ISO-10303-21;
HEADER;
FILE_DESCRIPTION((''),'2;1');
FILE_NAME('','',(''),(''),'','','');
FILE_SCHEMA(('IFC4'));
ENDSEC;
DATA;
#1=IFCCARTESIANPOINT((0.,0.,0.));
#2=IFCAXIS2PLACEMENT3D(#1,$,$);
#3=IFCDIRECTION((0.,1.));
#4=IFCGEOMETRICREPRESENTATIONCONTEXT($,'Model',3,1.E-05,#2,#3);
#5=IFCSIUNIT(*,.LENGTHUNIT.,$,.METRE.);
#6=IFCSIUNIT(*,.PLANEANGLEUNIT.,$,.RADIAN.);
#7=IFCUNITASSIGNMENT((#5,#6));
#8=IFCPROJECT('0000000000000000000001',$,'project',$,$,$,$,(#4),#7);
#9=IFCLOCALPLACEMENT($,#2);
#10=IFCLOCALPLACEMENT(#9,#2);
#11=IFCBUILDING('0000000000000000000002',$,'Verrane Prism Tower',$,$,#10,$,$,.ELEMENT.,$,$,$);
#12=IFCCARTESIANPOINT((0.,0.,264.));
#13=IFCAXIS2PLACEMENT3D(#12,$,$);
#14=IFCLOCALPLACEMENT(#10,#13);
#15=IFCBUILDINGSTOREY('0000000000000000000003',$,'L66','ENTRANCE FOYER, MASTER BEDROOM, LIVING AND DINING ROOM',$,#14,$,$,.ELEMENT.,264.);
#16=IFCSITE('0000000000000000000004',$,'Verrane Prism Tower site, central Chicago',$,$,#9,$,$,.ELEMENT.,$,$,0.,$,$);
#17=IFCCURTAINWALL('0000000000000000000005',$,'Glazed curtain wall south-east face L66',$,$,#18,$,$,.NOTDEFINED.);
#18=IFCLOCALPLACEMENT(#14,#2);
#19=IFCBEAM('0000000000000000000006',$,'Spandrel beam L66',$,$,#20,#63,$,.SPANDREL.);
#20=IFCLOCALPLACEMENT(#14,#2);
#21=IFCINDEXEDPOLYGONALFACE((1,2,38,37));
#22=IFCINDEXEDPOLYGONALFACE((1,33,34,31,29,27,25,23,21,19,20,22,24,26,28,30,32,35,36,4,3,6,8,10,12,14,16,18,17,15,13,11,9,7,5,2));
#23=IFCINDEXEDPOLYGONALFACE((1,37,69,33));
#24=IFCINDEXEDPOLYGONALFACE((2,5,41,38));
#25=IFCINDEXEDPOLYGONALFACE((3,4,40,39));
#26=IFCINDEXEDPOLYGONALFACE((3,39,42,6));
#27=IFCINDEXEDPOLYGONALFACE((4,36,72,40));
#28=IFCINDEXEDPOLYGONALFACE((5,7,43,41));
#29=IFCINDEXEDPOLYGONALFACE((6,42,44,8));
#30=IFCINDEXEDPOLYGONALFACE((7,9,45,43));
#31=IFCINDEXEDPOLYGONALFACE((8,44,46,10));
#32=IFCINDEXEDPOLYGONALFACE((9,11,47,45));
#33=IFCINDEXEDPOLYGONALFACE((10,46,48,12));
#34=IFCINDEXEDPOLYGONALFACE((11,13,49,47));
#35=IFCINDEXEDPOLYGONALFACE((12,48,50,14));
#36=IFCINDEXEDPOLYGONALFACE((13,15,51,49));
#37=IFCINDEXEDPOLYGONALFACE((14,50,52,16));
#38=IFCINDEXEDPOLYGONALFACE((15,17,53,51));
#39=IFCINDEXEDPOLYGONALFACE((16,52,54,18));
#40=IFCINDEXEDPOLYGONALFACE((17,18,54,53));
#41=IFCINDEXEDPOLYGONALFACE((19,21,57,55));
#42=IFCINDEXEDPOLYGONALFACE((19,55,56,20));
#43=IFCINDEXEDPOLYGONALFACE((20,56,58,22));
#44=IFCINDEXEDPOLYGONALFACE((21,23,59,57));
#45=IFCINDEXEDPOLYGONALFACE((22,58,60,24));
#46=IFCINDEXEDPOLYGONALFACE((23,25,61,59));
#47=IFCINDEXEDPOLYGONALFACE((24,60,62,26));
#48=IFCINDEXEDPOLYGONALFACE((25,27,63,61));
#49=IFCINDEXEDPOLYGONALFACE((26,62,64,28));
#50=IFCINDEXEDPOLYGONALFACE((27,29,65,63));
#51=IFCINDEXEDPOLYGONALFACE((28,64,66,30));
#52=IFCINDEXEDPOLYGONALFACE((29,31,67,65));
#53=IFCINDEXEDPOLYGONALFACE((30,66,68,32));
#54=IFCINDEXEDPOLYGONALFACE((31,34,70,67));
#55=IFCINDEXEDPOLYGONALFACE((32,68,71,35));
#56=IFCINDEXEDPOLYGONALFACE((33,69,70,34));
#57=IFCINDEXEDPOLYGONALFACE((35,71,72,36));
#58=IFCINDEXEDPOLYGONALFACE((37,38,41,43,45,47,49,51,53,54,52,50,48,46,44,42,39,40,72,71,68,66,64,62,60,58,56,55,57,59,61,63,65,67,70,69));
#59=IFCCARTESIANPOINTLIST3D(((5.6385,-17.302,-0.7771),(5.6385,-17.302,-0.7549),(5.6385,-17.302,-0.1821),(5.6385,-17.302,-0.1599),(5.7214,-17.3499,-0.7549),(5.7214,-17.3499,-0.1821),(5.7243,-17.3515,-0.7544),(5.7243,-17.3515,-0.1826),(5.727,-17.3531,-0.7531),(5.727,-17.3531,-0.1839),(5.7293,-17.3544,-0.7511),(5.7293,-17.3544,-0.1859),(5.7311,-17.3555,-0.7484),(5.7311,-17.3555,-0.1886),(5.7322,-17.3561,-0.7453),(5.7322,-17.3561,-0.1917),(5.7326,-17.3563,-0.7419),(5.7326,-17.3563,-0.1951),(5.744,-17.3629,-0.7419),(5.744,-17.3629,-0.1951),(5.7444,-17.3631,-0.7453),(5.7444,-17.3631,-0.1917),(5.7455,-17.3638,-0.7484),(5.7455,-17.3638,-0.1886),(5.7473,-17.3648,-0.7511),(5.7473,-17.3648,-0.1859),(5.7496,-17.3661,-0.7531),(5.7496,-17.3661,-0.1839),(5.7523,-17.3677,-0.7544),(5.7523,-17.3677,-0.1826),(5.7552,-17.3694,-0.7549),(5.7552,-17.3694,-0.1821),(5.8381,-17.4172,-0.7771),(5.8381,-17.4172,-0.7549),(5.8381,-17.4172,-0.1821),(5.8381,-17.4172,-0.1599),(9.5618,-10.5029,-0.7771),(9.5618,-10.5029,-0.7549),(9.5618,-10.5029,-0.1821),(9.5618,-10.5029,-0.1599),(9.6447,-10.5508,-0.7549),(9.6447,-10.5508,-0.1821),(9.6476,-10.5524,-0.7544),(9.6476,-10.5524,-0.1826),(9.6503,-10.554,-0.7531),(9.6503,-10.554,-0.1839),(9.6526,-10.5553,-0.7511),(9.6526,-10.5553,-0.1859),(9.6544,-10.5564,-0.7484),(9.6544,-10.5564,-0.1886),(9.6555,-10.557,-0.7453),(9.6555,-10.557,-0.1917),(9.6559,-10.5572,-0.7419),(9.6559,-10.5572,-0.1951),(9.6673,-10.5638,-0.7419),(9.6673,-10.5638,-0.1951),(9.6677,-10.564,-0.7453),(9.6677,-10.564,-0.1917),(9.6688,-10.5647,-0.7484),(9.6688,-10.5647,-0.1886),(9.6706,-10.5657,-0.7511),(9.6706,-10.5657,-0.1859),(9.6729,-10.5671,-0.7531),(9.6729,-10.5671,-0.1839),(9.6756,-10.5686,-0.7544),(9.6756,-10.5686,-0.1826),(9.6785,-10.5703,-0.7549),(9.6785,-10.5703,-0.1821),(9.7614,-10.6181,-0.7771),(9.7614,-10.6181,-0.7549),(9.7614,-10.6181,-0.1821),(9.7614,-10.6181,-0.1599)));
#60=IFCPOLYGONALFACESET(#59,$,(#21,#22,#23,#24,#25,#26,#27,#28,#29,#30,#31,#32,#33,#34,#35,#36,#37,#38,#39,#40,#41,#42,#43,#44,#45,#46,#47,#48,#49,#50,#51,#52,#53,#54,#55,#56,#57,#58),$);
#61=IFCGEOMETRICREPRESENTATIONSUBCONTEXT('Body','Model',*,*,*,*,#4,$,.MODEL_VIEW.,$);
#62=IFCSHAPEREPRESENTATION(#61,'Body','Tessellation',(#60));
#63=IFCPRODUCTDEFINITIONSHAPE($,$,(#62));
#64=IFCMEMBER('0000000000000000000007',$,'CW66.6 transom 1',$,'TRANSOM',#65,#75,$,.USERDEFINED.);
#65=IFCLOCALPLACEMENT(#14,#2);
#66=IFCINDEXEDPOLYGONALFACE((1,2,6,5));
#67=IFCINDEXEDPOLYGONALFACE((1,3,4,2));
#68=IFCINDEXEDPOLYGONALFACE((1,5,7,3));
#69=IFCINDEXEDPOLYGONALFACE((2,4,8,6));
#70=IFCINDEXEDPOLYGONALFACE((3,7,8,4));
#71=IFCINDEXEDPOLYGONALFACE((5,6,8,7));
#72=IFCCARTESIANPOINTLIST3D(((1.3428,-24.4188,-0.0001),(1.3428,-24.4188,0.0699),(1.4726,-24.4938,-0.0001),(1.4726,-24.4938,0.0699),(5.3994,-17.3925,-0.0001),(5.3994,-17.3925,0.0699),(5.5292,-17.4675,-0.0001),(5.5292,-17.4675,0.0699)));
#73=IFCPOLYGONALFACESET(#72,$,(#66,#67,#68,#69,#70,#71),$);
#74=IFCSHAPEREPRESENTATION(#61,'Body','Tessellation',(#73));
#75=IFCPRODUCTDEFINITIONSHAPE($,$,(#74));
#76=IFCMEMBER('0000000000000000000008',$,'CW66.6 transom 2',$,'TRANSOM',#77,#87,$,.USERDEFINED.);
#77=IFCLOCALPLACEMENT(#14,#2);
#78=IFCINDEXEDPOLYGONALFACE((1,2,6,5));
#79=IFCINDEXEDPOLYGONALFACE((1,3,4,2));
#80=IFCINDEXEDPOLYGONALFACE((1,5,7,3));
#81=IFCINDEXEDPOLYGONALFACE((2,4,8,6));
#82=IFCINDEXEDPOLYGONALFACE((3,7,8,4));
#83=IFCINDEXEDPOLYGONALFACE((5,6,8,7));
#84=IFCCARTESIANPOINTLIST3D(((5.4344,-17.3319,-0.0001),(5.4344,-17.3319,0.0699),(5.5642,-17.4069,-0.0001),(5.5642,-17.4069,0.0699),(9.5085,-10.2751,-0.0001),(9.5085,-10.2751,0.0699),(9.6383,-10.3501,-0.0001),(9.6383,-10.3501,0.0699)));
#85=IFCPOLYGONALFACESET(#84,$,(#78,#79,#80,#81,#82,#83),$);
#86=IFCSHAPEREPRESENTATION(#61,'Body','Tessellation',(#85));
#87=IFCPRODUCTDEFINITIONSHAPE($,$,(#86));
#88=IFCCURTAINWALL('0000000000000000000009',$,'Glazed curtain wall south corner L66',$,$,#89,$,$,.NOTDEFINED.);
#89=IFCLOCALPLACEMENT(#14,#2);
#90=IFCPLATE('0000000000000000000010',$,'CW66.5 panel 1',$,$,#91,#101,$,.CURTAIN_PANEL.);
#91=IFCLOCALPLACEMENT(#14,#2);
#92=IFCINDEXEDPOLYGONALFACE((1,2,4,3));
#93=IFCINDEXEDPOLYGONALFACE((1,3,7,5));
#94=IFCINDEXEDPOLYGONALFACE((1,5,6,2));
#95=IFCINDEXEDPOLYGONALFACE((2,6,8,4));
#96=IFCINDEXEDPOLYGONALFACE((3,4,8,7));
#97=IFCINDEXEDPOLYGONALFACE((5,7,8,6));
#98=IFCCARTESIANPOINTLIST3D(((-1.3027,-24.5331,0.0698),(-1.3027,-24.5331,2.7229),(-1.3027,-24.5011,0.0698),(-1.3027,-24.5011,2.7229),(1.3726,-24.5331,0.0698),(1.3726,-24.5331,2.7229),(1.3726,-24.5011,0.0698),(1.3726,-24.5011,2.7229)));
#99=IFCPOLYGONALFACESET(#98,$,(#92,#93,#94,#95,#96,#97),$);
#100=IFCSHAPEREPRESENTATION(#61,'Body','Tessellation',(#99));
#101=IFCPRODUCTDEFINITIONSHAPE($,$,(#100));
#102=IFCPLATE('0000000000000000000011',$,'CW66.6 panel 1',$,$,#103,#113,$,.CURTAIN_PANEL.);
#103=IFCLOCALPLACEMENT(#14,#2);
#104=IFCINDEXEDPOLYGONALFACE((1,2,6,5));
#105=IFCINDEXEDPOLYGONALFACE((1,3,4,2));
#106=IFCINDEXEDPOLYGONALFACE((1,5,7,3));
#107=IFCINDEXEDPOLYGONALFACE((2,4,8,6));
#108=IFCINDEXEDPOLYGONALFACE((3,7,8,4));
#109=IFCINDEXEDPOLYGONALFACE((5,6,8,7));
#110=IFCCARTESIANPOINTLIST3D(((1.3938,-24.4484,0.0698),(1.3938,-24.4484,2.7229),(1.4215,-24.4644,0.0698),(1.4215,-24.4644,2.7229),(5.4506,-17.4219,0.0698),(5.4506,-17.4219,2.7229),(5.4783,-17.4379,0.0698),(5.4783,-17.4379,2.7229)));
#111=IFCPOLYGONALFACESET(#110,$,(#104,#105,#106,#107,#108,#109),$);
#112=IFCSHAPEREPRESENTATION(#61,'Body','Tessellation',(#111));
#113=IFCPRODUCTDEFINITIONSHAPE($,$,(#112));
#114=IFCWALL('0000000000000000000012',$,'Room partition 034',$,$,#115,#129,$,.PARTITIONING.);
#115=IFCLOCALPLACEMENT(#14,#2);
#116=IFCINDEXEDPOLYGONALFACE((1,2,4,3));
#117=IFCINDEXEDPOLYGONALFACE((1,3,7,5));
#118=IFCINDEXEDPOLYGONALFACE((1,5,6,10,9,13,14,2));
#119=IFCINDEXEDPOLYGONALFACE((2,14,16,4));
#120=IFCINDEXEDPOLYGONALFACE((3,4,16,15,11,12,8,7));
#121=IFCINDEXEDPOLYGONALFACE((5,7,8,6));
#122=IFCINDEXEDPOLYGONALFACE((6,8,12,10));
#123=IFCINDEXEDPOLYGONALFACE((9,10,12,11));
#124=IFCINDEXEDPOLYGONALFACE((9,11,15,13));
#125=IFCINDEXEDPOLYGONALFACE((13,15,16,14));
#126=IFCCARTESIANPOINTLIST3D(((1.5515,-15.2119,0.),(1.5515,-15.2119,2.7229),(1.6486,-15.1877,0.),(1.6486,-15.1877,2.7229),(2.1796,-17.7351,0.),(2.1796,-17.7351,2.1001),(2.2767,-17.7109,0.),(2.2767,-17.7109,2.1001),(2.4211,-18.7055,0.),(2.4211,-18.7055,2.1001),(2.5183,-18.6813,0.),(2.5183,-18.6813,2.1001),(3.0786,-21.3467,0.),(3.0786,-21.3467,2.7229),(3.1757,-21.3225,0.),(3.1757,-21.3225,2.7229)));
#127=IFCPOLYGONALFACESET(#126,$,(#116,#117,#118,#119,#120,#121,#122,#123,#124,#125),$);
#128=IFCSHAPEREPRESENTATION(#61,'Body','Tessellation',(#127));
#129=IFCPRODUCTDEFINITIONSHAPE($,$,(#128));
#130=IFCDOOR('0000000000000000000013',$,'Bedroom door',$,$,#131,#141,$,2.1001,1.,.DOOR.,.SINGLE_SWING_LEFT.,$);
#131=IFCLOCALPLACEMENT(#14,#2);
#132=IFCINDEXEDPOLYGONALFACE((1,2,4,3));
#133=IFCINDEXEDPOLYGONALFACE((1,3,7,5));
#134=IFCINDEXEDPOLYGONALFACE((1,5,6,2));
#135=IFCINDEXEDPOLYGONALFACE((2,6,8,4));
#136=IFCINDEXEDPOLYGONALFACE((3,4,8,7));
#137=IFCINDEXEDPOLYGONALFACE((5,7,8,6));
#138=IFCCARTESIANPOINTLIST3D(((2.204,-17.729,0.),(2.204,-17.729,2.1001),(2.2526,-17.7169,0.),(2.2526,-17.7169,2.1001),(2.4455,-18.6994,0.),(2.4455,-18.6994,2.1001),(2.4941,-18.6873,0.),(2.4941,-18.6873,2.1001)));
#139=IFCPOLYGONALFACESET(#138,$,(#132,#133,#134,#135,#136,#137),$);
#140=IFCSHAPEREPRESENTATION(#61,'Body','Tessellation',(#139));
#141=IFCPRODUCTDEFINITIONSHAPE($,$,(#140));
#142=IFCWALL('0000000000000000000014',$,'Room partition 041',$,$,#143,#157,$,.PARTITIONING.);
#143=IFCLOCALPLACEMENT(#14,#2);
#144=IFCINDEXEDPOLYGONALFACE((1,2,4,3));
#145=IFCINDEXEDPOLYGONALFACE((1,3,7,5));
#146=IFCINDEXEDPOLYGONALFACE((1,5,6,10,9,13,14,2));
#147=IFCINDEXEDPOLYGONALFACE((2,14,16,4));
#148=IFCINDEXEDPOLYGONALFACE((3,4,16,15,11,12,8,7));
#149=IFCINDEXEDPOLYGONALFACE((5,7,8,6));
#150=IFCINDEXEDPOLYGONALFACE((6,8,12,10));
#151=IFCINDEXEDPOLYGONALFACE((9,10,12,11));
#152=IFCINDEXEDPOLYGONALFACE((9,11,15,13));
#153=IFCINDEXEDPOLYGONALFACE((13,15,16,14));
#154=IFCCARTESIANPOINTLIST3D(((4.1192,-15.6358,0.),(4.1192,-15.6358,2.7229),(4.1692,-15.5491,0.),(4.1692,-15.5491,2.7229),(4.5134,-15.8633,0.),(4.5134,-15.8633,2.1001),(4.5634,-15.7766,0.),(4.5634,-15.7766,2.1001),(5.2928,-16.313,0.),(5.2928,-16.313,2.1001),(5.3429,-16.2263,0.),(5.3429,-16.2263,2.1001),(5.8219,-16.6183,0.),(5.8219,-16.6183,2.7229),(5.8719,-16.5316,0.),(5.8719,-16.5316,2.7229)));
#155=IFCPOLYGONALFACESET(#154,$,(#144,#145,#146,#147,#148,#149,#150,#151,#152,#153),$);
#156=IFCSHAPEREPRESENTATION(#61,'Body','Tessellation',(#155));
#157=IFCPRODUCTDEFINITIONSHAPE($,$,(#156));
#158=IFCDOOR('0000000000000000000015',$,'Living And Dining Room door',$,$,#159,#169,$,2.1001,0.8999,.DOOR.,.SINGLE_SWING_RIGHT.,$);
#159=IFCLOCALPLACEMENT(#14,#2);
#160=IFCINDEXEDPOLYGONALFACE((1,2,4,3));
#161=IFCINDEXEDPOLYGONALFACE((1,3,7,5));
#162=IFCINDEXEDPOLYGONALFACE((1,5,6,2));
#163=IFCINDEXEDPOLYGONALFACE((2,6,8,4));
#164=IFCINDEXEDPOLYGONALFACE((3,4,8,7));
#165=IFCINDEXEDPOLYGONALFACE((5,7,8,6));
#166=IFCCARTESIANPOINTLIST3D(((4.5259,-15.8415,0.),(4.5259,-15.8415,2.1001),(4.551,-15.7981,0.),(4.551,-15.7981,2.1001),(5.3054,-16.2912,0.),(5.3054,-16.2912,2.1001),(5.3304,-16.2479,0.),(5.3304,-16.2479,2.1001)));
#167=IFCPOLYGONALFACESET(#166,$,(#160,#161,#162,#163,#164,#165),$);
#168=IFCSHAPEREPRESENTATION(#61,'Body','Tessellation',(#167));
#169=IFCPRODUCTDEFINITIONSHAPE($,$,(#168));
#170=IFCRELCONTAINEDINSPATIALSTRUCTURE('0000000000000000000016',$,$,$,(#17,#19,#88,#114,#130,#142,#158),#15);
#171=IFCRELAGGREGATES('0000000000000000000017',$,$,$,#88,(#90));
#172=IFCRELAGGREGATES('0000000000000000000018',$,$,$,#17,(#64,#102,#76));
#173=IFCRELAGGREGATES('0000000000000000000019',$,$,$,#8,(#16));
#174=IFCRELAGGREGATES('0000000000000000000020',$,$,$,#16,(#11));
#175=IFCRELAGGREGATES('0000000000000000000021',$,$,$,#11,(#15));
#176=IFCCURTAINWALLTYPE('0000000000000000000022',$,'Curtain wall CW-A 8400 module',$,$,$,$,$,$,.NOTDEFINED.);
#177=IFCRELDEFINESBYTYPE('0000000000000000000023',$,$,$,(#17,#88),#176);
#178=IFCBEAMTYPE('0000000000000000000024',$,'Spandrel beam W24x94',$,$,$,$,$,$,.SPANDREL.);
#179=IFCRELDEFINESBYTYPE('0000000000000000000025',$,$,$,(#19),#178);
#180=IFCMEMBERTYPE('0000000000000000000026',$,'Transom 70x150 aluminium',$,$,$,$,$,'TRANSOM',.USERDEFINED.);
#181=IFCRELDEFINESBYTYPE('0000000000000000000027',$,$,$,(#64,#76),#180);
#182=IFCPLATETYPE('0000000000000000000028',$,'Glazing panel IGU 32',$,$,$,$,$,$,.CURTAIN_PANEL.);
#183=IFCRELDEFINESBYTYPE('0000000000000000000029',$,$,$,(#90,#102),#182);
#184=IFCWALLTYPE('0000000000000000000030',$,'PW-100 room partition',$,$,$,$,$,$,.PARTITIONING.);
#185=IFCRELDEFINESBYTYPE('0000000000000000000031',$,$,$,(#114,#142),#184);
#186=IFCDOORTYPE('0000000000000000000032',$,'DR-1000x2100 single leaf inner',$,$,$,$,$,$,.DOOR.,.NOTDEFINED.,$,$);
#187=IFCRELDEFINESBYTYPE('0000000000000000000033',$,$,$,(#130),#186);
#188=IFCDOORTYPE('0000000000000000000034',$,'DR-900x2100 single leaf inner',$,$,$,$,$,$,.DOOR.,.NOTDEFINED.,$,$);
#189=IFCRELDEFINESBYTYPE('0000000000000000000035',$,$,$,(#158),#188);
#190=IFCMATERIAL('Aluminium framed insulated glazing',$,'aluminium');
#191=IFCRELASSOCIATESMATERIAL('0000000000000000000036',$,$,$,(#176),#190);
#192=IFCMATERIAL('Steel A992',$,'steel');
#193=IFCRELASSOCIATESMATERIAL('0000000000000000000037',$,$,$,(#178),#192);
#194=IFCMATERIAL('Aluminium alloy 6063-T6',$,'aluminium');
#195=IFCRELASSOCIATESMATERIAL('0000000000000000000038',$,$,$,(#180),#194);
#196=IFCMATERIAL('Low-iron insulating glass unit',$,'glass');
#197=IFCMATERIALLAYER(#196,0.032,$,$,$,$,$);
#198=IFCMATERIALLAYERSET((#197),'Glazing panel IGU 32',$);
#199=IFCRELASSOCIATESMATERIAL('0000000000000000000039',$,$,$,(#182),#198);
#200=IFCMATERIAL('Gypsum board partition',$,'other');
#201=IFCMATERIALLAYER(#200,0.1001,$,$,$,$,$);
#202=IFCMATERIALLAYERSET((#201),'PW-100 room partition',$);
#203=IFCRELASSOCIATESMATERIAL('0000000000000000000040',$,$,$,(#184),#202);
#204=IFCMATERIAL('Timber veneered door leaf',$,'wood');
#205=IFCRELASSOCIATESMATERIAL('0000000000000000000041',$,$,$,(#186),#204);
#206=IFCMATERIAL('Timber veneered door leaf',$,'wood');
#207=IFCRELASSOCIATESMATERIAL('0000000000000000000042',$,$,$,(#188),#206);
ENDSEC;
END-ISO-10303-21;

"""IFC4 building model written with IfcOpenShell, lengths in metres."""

from ifc_helpers import new_model, si_unit, direction, frame, frame_2d, origin, origin_2d, place, context, subcontext, project, spatial, rectangle, i_section, extrude, material, layer, layer_set, material_profile, profile_set, type_object, element, fill, aggregate, save


model = new_model("IFC4")

# Units and contexts
model_context = context("Model", 3, precision=1e-05, world=origin(), true_north=direction((0.0, 1.0)))
body_context = subcontext(model_context, "Body", "Model", "MODEL_VIEW")
ifc_project = project(units=[si_unit("LENGTHUNIT", "METRE"), si_unit("PLANEANGLEUNIT", "RADIAN")], contexts=[model_context])

# Site, building, storey
site_placement = place(None, origin())
site = spatial("IfcSite", under=ifc_project, at=site_placement, Name="Verrane Prism Tower site, central Chicago", CompositionType="ELEMENT", RefElevation=0.0)
building_placement = place(site_placement, origin())
building = spatial("IfcBuilding", under=site, at=building_placement, Name="Verrane Prism Tower", CompositionType="ELEMENT")
storey_placement = place(building_placement, frame((0.0, 0.0, 264.0)))
storey = spatial("IfcBuildingStorey", under=building, at=storey_placement, Name="L66", Description="ENTRANCE FOYER, MASTER BEDROOM, LIVING AND DINING ROOM", CompositionType="ELEMENT", Elevation=264.0)

# Curtain wall
ifc_material_1 = material(Name="Aluminium framed insulated glazing", Category="aluminium")
curtain_wall_type = type_object("IfcCurtainWallType", Name="Curtain wall CW-A 8400 module", PredefinedType="NOTDEFINED", material=ifc_material_1)
curtain_wall_1_placement = place(storey_placement, origin())
curtain_wall_1 = element("IfcCurtainWall", 1, at=curtain_wall_1_placement, inside=storey, type_object=curtain_wall_type, Name="Glazed curtain wall south-east face L66", PredefinedType="NOTDEFINED")

# Beam
ifc_material_2 = material(Name="Steel A992", Category="steel")
ifc_material_profile_1 = material_profile(ifc_material_2, i_section(OverallWidth=0.2305, OverallDepth=0.6172, WebThickness=0.0132, FlangeThickness=0.0222, FilletRadius=0.0129, at=origin_2d()), Name="W24x94")
ifc_profile_set_1 = profile_set([ifc_material_profile_1], Name="Steel A992")
beam_type_1 = type_object("IfcBeamType", Name="Spandrel beam W24x94", PredefinedType="SPANDREL", material=ifc_profile_set_1)
beam_1_placement = place(storey_placement, frame((5.7383, -17.3596, -0.4685), z_axis=(0.499799, 0.866142, 0.0), x_axis=(-0.866142, 0.499799, 0.0)))
element("IfcBeam", 2, at=beam_1_placement, inside=storey, type_object=beam_type_1, Name="Spandrel beam L66", PredefinedType="SPANDREL", context=body_context, shape_type="SweptSolid", body=[
    extrude(i_section(OverallWidth=0.2305, OverallDepth=0.6172, WebThickness=0.0132, FlangeThickness=0.0222, FilletRadius=0.0129, at=origin_2d()), origin(), (0.0, 0.0, 1.0), 7.8499),
])

# Members
ifc_material_3 = material(Name="Aluminium alloy 6063-T6", Category="aluminium")
ifc_material_profile_2 = material_profile(ifc_material_3, rectangle(XDim=0.1499, YDim=0.0701, at=origin_2d()), Name="Transom 70x150 aluminium")
ifc_profile_set_2 = profile_set([ifc_material_profile_2], Name="Aluminium alloy 6063-T6")
member_type_1 = type_object("IfcMemberType", Name="Transom 70x150 aluminium", ElementType="TRANSOM", PredefinedType="USERDEFINED", material=ifc_profile_set_2)
member_1_placement = place(storey_placement, frame((1.4077, -24.4563, 0.0349), z_axis=(0.499997, 0.866027, 0.0), x_axis=(-0.866027, 0.499997, 0.0)))
member_1 = element("IfcMember", 3, at=member_1_placement, type_object=member_type_1, Name="CW66.6 transom 1", ObjectType="TRANSOM", PredefinedType="USERDEFINED", context=body_context, shape_type="SweptSolid", body=[
    extrude(rectangle(XDim=0.1499, YDim=0.0701, at=origin_2d()), origin(), (0.0, 0.0, 1.0), 8.1133),
])
member_2_placement = place(storey_placement, frame((5.4993, -17.3694, 0.0349), z_axis=(0.499993, 0.866029, 0.0), x_axis=(-0.866029, 0.499993, 0.0)))
member_2 = element("IfcMember", 4, at=member_2_placement, type_object=member_type_1, Name="CW66.6 transom 2", ObjectType="TRANSOM", PredefinedType="USERDEFINED", context=body_context, shape_type="SweptSolid", body=[
    extrude(rectangle(XDim=0.1499, YDim=0.0701, at=origin_2d()), origin(), (0.0, 0.0, 1.0), 8.1484),
])

# Curtain wall, plate
curtain_wall_2_placement = place(storey_placement, origin())
curtain_wall_2 = element("IfcCurtainWall", 5, at=curtain_wall_2_placement, inside=storey, type_object=curtain_wall_type, Name="Glazed curtain wall south corner L66", PredefinedType="NOTDEFINED")
ifc_material_4 = material(Name="Low-iron insulating glass unit", Category="glass")
ifc_layer_1 = layer(ifc_material_4, 0.032)
ifc_layer_set_1 = layer_set([ifc_layer_1], Name="Glazing panel IGU 32")
plate_type = type_object("IfcPlateType", Name="Glazing panel IGU 32", PredefinedType="CURTAIN_PANEL", material=ifc_layer_set_1)
plate_1_placement = place(storey_placement, frame((0.0349, -24.5171, 0.0698), z_axis=(0.0, 0.0, 1.0), x_axis=(1.0, 0.0, 0.0)))
plate_1 = element("IfcPlate", 6, at=plate_1_placement, type_object=plate_type, Name="CW66.5 panel 1", PredefinedType="CURTAIN_PANEL", context=body_context, shape_type="SweptSolid", body=[
    extrude(rectangle(XDim=2.6753, YDim=0.032, at=origin_2d()), origin(), (0.0, 0.0, 1.0), 2.6531),
])
aggregate(curtain_wall_2, [plate_1])

# Plate
plate_2_placement = place(storey_placement, frame((3.436, -20.9431, 0.0698), z_axis=(0.0, 0.0, 1.0), x_axis=(0.500001, 0.866025, 0.0)))
plate_2 = element("IfcPlate", 7, at=plate_2_placement, type_object=plate_type, Name="CW66.6 panel 1", PredefinedType="CURTAIN_PANEL", context=body_context, shape_type="SweptSolid", body=[
    extrude(rectangle(XDim=8.1135, YDim=0.032, at=origin_2d()), origin(), (0.0, 0.0, 1.0), 2.6531),
])
aggregate(curtain_wall_1, [member_1, plate_2, member_2])

# Walls, openings, doors
ifc_material_5 = material(Name="Gypsum board partition", Category="other")
ifc_layer_2 = layer(ifc_material_5, 0.1001)
ifc_layer_set_2 = layer_set([ifc_layer_2], Name="PW-100 room partition")
wall_type_1 = type_object("IfcWallType", Name="PW-100 room partition", PredefinedType="PARTITIONING", material=ifc_layer_set_2)
wall_1_placement = place(storey_placement, frame((3.1272, -21.3347, 0.0), z_axis=(0.0, 0.0, 1.0), x_axis=(-0.241554, 0.970387, 0.0)))
wall_1 = element("IfcWall", 8, at=wall_1_placement, inside=storey, type_object=wall_type_1, Name="Room partition 034", PredefinedType="PARTITIONING", context=body_context, shape_type="SweptSolid", body=[
    extrude(rectangle(XDim=6.322, YDim=0.1001, at=frame_2d((3.1611, 0.0))), origin(), (0.0, 0.0, 1.0), 2.7229),
])
opening_1_placement = place(wall_1_placement, frame((2.7219, 0.0, 0.0)))
opening_1 = element("IfcOpeningElement", 9, at=opening_1_placement, cuts=wall_1, PredefinedType="OPENING", context=body_context, shape_type="SweptSolid", body=[
    extrude(rectangle(XDim=1.0, YDim=2.1001, at=frame_2d((0.5, 1.05))), frame((0.0, 0.0601, 0.0), z_axis=(0.0, -1.0, 0.0), x_axis=(1.0, 0.0, 0.0)), (0.0, 0.0, 1.0), 0.1201),
])
ifc_material_6 = material(Name="Timber veneered door leaf", Category="wood")
door_type_1 = type_object("IfcDoorType", Name="DR-1000x2100 single leaf inner", OperationType="NOTDEFINED", PredefinedType="DOOR", material=ifc_material_6)
door_1_placement = place(opening_1_placement, origin())
door_1 = element("IfcDoor", 10, at=door_1_placement, inside=storey, type_object=door_type_1, Name="Bedroom door", OperationType="SINGLE_SWING_LEFT", OverallHeight=2.1001, OverallWidth=1.0, PredefinedType="DOOR", context=body_context, shape_type="SweptSolid", body=[
    extrude(rectangle(XDim=1.0, YDim=2.1001, at=frame_2d((0.5, 1.05))), frame((0.0, 0.0249, 0.0), z_axis=(0.0, -1.0, 0.0), x_axis=(1.0, 0.0, 0.0)), (0.0, 0.0, 1.0), 0.05),
])
fill(opening_1, door_1)
wall_2_placement = place(storey_placement, frame((5.8469, -16.575, 0.0), z_axis=(0.0, 0.0, 1.0), x_axis=(-0.866157, 0.499773, 0.0)))
wall_2 = element("IfcWall", 11, at=wall_2_placement, inside=storey, type_object=wall_type_1, Name="Room partition 041", PredefinedType="PARTITIONING", context=body_context, shape_type="SweptSolid", body=[
    extrude(rectangle(XDim=1.9658, YDim=0.1001, at=frame_2d((0.9829, 0.0))), origin(), (0.0, 0.0, 1.0), 2.7229),
])
opening_2_placement = place(wall_2_placement, frame((0.6108, 0.0, 0.0)))
opening_2 = element("IfcOpeningElement", 12, at=opening_2_placement, cuts=wall_2, PredefinedType="OPENING", context=body_context, shape_type="SweptSolid", body=[
    extrude(rectangle(XDim=0.8999, YDim=2.1001, at=frame_2d((0.45, 1.05))), frame((0.0, 0.0601, 0.0), z_axis=(0.0, -1.0, 0.0), x_axis=(1.0, 0.0, 0.0)), (0.0, 0.0, 1.0), 0.1201),
])
ifc_material_7 = material(Name="Timber veneered door leaf", Category="wood")
door_type_2 = type_object("IfcDoorType", Name="DR-900x2100 single leaf inner", OperationType="NOTDEFINED", PredefinedType="DOOR", material=ifc_material_7)
door_2_placement = place(opening_2_placement, origin())
door_2 = element("IfcDoor", 13, at=door_2_placement, inside=storey, type_object=door_type_2, Name="Living And Dining Room door", OperationType="SINGLE_SWING_RIGHT", OverallHeight=2.1001, OverallWidth=0.8999, PredefinedType="DOOR", context=body_context, shape_type="SweptSolid", body=[
    extrude(rectangle(XDim=0.8999, YDim=2.1001, at=frame_2d((0.45, 1.05))), frame((0.0, 0.0249, 0.0), z_axis=(0.0, -1.0, 0.0), x_axis=(1.0, 0.0, 0.0)), (0.0, 0.0, 1.0), 0.05),
])
fill(opening_2, door_2)

save(model, "model.ifc")
